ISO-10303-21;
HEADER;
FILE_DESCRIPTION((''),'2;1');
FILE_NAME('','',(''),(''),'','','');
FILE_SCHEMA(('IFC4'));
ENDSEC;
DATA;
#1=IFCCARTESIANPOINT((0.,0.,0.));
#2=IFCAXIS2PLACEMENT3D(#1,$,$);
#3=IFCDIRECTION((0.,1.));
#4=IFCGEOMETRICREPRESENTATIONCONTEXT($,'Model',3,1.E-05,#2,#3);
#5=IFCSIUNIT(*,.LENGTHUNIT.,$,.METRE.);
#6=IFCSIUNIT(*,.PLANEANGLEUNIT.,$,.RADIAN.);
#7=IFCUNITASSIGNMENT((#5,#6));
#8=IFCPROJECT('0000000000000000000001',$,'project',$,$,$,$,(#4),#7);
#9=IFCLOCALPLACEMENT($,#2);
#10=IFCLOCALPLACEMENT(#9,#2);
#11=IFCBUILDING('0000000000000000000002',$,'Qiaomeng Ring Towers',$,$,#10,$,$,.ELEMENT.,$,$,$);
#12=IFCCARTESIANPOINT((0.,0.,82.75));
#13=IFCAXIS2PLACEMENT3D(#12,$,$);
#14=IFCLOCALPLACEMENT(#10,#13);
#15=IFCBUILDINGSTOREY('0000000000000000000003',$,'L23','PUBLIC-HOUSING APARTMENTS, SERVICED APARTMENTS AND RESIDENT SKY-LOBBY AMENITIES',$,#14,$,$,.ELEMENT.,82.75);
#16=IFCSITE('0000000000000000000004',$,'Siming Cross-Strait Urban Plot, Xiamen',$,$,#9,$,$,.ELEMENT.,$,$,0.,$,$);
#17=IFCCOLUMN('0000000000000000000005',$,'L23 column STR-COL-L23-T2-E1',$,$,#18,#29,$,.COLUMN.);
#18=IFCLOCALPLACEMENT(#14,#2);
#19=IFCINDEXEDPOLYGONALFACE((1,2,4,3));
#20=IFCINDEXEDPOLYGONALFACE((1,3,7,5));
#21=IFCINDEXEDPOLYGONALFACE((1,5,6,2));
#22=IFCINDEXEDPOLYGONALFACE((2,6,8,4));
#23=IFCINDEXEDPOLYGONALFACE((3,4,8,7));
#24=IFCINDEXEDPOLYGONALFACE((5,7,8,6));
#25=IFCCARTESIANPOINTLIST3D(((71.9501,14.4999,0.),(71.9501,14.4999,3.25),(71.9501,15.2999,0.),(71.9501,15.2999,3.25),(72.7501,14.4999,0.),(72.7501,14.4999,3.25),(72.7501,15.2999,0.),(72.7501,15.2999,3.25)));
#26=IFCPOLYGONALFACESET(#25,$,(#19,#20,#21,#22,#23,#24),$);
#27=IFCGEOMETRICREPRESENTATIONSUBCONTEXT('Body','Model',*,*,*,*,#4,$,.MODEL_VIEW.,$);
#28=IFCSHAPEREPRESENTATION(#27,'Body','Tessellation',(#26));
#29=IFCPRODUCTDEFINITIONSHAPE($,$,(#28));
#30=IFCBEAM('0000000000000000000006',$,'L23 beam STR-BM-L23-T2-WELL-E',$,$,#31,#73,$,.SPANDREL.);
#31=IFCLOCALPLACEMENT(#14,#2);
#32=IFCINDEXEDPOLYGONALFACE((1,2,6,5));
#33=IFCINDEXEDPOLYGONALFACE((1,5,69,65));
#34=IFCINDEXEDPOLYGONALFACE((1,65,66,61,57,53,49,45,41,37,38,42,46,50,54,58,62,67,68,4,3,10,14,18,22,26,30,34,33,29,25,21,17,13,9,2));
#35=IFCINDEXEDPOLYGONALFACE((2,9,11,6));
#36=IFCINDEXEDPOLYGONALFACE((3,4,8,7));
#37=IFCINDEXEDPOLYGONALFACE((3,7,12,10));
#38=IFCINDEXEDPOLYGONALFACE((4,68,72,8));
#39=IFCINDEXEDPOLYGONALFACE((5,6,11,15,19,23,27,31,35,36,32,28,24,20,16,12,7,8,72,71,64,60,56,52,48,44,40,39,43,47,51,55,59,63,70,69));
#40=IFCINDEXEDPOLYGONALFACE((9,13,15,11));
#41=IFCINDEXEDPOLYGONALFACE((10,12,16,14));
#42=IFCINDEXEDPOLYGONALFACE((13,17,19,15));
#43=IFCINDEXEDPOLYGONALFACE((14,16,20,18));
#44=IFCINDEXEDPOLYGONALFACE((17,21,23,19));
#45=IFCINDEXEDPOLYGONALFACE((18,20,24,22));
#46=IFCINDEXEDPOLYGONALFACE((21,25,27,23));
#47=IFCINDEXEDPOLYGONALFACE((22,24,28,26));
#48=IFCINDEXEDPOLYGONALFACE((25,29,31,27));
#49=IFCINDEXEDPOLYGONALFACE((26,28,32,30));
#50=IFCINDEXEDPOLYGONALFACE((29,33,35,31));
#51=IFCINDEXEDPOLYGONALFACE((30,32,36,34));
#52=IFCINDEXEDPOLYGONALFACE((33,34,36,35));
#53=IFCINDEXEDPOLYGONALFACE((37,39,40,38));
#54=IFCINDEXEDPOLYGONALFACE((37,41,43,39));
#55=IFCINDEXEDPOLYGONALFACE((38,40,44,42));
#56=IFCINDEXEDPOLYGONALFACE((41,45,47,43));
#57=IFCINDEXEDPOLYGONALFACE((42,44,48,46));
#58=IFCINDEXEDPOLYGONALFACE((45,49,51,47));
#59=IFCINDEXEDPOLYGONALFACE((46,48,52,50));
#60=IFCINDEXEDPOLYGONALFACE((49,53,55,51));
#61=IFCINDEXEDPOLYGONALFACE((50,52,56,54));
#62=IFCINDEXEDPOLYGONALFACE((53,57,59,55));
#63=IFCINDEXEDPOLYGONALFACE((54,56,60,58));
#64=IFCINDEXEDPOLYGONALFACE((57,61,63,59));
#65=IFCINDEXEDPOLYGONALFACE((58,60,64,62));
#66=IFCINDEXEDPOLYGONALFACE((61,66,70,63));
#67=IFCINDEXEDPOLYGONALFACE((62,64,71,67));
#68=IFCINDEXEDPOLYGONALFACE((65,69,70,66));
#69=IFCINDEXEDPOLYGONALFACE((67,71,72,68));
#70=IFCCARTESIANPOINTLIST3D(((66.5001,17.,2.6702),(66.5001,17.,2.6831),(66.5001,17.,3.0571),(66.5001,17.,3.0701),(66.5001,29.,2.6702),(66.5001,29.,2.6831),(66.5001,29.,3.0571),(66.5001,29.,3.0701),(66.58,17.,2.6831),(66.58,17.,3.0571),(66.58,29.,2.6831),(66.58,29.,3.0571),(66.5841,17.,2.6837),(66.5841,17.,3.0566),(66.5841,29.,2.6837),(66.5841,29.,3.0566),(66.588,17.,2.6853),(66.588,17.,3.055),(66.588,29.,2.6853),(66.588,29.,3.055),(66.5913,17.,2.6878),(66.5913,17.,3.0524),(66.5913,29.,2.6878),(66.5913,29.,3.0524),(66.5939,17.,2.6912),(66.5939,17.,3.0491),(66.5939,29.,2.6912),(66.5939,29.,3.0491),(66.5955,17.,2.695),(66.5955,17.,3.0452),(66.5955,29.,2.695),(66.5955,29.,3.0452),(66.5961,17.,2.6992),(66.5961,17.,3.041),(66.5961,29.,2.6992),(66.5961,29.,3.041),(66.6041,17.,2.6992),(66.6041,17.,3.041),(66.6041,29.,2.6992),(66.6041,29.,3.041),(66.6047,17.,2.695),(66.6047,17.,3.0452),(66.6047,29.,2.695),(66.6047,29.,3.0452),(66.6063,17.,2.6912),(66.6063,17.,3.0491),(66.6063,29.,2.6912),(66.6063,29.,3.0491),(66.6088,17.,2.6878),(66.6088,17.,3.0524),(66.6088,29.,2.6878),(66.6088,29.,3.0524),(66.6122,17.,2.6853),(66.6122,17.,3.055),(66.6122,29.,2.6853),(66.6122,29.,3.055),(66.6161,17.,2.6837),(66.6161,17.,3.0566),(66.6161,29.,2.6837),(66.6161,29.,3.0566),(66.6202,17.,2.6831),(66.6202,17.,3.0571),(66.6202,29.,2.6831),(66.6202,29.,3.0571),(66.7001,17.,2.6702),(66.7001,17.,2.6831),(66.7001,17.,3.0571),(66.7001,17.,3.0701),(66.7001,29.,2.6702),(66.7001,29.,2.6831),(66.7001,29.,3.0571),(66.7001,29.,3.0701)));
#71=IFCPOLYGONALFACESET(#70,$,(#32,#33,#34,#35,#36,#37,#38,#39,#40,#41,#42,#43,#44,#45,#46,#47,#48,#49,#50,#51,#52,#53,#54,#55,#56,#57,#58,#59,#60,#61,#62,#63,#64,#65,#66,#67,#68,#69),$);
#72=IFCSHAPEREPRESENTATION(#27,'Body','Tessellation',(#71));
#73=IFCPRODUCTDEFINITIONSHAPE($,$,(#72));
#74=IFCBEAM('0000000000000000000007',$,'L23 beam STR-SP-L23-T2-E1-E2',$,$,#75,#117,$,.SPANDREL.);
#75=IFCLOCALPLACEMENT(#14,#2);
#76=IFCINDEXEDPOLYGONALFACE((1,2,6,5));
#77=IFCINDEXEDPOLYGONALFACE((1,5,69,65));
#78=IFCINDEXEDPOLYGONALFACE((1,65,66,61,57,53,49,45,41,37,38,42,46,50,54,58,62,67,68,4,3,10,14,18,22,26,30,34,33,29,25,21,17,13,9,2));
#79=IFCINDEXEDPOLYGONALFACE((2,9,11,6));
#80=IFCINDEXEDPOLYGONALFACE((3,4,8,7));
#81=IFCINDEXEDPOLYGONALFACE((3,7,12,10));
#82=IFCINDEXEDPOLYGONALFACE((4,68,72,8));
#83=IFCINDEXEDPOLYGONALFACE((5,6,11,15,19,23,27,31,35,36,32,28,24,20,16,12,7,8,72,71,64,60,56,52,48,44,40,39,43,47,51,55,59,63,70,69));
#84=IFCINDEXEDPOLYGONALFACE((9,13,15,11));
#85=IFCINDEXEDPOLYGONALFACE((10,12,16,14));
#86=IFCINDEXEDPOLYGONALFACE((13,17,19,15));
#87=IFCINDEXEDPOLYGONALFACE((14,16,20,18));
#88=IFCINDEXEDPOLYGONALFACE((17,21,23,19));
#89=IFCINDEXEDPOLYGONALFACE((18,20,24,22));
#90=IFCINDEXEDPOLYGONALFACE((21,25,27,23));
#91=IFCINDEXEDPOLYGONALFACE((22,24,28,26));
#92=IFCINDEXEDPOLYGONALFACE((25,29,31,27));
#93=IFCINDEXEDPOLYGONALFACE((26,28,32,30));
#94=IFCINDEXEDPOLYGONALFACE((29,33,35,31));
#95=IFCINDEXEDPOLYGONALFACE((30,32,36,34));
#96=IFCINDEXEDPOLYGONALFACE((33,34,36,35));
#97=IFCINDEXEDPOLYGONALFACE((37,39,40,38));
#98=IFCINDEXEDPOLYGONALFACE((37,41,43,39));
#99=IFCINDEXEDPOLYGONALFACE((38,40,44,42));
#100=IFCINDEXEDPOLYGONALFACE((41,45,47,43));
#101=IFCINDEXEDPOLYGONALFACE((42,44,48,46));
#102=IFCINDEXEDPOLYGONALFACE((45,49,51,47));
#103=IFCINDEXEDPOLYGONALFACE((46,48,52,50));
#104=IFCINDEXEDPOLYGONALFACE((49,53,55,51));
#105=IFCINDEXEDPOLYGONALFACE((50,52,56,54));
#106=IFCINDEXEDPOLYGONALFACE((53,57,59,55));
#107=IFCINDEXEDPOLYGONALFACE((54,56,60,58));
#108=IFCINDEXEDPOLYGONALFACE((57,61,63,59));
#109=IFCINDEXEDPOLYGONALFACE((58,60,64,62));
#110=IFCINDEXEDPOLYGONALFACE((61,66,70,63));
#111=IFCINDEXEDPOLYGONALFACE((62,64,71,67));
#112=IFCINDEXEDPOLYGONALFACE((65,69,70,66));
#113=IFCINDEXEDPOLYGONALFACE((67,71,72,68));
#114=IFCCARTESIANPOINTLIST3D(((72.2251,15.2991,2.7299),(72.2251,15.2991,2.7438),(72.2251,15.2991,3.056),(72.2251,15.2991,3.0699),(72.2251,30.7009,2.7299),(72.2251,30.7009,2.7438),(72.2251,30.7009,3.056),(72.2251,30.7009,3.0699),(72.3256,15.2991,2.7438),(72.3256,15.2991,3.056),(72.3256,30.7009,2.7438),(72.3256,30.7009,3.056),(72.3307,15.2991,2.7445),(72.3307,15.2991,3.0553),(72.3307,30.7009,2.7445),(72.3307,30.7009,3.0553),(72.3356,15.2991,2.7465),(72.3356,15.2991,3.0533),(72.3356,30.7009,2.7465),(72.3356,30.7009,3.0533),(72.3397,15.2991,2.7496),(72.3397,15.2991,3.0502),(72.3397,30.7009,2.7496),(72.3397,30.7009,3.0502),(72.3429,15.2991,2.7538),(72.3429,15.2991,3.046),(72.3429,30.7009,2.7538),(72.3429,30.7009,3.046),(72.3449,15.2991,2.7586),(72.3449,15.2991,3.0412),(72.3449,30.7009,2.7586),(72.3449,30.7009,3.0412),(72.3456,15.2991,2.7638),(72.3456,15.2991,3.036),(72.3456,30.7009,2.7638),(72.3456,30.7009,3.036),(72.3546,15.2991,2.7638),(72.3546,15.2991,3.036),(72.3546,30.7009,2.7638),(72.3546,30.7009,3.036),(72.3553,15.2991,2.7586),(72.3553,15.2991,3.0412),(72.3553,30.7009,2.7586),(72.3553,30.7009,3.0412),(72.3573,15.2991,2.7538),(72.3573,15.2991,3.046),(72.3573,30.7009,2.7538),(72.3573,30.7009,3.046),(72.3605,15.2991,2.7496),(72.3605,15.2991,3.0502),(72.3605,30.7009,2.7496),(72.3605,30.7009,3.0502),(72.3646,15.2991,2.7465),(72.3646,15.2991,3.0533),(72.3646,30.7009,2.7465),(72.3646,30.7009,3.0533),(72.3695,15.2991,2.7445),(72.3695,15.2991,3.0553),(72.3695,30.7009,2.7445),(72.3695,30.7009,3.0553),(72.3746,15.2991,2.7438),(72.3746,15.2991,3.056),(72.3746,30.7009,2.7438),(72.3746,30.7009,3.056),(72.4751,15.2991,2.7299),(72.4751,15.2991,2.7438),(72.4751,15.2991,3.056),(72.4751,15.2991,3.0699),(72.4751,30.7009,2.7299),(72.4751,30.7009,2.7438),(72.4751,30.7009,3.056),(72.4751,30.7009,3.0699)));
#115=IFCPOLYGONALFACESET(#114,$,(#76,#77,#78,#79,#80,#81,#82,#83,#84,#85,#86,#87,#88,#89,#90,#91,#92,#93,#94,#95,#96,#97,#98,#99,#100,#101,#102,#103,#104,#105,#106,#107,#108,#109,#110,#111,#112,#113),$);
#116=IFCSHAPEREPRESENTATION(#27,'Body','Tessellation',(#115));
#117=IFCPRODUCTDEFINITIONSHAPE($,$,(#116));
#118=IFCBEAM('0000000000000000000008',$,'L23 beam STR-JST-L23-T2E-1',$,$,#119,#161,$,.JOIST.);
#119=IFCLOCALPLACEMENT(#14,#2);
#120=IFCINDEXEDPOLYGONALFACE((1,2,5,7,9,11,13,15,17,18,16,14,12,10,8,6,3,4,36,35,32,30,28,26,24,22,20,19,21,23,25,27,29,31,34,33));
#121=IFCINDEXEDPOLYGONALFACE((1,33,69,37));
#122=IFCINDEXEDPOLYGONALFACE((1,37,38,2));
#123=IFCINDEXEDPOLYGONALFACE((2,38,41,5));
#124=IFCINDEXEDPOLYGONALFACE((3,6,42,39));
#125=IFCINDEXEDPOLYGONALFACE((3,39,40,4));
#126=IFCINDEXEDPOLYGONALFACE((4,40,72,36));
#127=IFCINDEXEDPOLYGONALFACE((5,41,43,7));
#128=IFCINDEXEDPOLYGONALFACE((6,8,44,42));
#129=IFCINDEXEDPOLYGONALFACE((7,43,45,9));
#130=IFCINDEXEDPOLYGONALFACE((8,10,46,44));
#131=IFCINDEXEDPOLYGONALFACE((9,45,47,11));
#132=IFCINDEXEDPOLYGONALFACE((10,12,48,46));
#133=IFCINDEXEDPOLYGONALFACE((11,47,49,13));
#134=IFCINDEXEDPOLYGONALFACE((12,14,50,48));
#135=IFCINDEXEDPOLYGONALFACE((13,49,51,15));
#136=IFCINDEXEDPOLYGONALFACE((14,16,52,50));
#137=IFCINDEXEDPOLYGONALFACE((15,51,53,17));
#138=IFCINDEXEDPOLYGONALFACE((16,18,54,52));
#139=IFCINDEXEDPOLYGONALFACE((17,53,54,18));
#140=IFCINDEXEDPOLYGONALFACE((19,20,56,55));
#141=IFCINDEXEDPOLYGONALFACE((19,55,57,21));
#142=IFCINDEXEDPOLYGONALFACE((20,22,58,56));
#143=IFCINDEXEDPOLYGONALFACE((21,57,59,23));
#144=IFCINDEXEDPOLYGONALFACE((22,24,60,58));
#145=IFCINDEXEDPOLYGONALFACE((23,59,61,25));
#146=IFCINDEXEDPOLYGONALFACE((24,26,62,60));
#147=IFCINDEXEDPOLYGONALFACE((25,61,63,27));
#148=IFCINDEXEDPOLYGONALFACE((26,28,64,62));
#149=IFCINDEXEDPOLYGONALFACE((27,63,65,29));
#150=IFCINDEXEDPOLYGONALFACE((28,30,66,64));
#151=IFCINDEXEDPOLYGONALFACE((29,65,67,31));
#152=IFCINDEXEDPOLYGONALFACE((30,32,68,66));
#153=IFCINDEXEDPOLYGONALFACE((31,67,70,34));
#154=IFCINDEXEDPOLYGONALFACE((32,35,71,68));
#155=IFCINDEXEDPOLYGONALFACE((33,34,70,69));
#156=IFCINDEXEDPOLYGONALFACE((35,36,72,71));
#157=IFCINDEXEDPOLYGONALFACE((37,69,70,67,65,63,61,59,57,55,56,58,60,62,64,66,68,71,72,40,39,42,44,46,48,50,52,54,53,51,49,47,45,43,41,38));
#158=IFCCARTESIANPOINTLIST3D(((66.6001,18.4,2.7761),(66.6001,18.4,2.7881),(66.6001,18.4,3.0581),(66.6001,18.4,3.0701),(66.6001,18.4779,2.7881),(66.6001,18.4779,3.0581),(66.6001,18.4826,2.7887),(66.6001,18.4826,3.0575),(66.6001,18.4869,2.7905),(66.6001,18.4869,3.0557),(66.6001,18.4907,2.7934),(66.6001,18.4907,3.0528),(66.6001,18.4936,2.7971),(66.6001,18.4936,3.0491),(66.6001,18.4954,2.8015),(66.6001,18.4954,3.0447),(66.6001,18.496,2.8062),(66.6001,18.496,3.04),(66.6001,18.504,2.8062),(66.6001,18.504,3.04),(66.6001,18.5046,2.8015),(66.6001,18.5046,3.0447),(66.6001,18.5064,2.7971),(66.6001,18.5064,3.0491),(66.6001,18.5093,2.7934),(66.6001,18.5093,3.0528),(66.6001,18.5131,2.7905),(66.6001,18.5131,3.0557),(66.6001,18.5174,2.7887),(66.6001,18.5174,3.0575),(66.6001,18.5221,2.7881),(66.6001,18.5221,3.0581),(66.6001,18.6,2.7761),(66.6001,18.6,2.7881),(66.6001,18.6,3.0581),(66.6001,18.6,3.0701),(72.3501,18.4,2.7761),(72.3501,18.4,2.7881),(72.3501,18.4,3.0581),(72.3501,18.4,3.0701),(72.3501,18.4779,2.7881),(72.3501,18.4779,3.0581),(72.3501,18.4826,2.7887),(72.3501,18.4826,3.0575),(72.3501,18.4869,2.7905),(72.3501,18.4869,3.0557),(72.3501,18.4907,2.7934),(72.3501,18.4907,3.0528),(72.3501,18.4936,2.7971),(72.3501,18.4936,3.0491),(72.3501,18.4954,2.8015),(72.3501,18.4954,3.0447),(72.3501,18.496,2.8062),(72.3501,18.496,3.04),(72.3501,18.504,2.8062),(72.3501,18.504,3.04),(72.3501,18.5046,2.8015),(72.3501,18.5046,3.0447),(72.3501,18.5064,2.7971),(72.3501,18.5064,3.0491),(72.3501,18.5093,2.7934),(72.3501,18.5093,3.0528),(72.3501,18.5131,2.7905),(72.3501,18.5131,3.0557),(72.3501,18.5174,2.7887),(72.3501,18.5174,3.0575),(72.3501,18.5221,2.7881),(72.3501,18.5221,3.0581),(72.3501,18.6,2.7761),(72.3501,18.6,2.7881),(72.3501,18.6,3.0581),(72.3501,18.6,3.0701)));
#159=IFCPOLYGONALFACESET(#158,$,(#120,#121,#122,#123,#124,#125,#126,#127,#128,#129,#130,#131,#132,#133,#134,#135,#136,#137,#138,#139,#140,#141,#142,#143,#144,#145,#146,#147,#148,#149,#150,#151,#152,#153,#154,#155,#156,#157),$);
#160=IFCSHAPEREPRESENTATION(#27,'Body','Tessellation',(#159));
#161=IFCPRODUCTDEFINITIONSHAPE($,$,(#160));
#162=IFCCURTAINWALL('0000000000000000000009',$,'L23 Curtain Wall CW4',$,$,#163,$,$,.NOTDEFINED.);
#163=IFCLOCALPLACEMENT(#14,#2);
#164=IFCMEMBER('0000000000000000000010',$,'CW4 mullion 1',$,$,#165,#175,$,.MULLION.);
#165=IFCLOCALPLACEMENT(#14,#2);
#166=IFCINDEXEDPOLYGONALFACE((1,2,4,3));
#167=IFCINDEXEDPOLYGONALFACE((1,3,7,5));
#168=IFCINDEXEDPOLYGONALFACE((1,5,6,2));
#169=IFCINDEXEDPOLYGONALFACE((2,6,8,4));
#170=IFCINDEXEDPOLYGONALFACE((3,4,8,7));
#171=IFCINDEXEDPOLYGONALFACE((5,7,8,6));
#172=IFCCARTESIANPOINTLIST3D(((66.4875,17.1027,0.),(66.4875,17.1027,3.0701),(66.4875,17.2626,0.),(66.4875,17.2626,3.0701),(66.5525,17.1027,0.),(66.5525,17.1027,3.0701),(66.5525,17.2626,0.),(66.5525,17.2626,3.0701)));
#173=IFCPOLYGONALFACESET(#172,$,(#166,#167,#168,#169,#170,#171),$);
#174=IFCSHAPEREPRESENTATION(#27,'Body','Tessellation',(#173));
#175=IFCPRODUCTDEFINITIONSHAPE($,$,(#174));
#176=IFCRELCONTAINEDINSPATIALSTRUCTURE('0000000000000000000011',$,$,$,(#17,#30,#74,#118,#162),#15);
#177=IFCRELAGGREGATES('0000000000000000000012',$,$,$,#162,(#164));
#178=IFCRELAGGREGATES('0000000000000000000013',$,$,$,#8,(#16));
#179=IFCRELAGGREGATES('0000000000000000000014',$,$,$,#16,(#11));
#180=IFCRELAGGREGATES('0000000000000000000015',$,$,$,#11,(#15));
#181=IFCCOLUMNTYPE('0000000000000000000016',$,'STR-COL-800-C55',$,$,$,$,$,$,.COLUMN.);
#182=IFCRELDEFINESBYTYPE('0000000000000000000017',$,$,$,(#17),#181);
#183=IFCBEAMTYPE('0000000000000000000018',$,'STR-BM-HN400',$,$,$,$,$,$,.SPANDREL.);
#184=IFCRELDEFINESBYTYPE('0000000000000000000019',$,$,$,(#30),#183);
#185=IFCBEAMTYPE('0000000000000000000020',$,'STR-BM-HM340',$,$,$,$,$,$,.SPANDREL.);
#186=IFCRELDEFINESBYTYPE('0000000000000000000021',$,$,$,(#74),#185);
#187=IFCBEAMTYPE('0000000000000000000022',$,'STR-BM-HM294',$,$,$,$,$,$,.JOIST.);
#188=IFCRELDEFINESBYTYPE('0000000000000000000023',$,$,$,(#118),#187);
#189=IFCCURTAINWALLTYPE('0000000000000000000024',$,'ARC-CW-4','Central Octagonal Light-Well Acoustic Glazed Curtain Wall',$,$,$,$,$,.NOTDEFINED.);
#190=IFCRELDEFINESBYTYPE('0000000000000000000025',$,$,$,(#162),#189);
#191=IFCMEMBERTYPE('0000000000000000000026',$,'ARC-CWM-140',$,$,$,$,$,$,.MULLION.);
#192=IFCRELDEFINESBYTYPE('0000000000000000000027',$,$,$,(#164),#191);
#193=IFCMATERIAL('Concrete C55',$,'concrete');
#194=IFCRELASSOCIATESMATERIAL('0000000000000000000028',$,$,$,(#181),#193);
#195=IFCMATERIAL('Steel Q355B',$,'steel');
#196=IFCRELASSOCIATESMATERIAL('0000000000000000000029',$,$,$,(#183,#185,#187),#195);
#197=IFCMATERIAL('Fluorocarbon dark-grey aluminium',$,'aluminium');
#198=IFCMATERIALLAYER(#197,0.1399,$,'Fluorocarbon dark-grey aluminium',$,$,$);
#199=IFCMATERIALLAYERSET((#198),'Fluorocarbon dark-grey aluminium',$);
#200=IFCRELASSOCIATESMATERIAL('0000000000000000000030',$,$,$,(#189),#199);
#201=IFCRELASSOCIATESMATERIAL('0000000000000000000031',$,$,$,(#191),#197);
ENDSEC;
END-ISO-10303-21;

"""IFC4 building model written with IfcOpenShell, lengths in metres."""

from ifc_helpers import new_model, si_unit, direction, frame, origin, origin_2d, place, context, subcontext, project, spatial, rectangle, i_section, extrude, source, transform, mapped, material, layer, layer_set, material_profile, profile_set, type_object, element, aggregate, save


model = new_model("IFC4")

# Units and contexts
model_context = context("Model", 3, precision=1e-05, world=origin(), true_north=direction((0.0, 1.0)))
body_context = subcontext(model_context, "Body", "Model", "MODEL_VIEW")
ifc_project = project(units=[si_unit("LENGTHUNIT", "METRE"), si_unit("PLANEANGLEUNIT", "RADIAN")], contexts=[model_context])

# Site, building, storey
site_placement = place(None, origin())
site = spatial("IfcSite", under=ifc_project, at=site_placement, Name="Siming Cross-Strait Urban Plot, Xiamen", CompositionType="ELEMENT", RefElevation=0.0)
building_placement = place(site_placement, origin())
building = spatial("IfcBuilding", under=site, at=building_placement, Name="Qiaomeng Ring Towers", CompositionType="ELEMENT")
storey_placement = place(building_placement, frame((0.0, 0.0, 82.75)))
storey = spatial("IfcBuildingStorey", under=building, at=storey_placement, Name="L23", Description="PUBLIC-HOUSING APARTMENTS, SERVICED APARTMENTS AND RESIDENT SKY-LOBBY AMENITIES", CompositionType="ELEMENT", Elevation=82.75)

# Column
ifc_material_1 = material(Name="Concrete C55", Category="concrete")
ifc_material_profile_1 = material_profile(ifc_material_1, rectangle(XDim=0.8, YDim=0.8, at=origin_2d()), Name="RC COL 800x800")
ifc_profile_set_1 = profile_set([ifc_material_profile_1], Name="Concrete C55")
column_type = type_object("IfcColumnType", Name="STR-COL-800-C55", PredefinedType="COLUMN", material=ifc_profile_set_1)
shared_shape_1 = source(origin(), body_context, "Body", "SweptSolid", [
    extrude(rectangle(XDim=0.8, YDim=0.8, at=origin_2d()), origin(), (0.0, 0.0, 1.0), 3.25),
])
column_placement = place(storey_placement, frame((72.3501, 14.8999, 0.0), z_axis=(0.0, 0.0, 1.0), x_axis=(1.0, 0.0, 0.0)))
element("IfcColumn", 1, at=column_placement, inside=storey, type_object=column_type, Name="L23 column STR-COL-L23-T2-E1", PredefinedType="COLUMN", context=body_context, shape_type="MappedRepresentation", body=[
    mapped(shared_shape_1, transform((0.0, 0.0, 0.0), x_axis=(1.0, 0.0, 0.0), y_axis=(0.0, 1.0, 0.0), z_axis=(0.0, 0.0, 1.0), scale=1.0)),
])

# Beams
ifc_material_2 = material(Name="Steel Q355B", Category="steel")
ifc_material_profile_2 = material_profile(ifc_material_2, i_section(OverallWidth=0.2, OverallDepth=0.3999, WebThickness=0.0081, FlangeThickness=0.0129, FilletRadius=0.0161, at=origin_2d()), Name="HN 400x200x8x13")
ifc_profile_set_2 = profile_set([ifc_material_profile_2], Name="Steel Q355B")
beam_type_1 = type_object("IfcBeamType", Name="STR-BM-HN400", PredefinedType="SPANDREL", material=ifc_profile_set_2)
shared_shape_2 = source(origin(), body_context, "Body", "SweptSolid", [
    extrude(i_section(OverallWidth=0.2, OverallDepth=0.3999, WebThickness=0.0081, FlangeThickness=0.0129, FilletRadius=0.0161, at=origin_2d()), origin(), (0.0, 0.0, 1.0), 12.0),
])
beam_1_placement = place(storey_placement, frame((66.6001, 17.0, 2.8701), z_axis=(0.0, 1.0, 0.0), x_axis=(-1.0, 0.0, 0.0)))
element("IfcBeam", 2, at=beam_1_placement, inside=storey, type_object=beam_type_1, Name="L23 beam STR-BM-L23-T2-WELL-E", PredefinedType="SPANDREL", context=body_context, shape_type="MappedRepresentation", body=[
    mapped(shared_shape_2, transform((0.0, 0.0, 0.0), x_axis=(1.0, 0.0, 0.0), y_axis=(0.0, 1.0, 0.0), z_axis=(0.0, 0.0, 1.0), scale=1.0)),
])
ifc_material_profile_3 = material_profile(ifc_material_2, i_section(OverallWidth=0.25, OverallDepth=0.3401, WebThickness=0.009, FlangeThickness=0.0139, FilletRadius=0.02, at=origin_2d()), Name="HM 340x250x9x14")
ifc_profile_set_3 = profile_set([ifc_material_profile_3], Name="Steel Q355B")
beam_type_2 = type_object("IfcBeamType", Name="STR-BM-HM340", PredefinedType="SPANDREL", material=ifc_profile_set_3)
shared_shape_3 = source(origin(), body_context, "Body", "SweptSolid", [
    extrude(i_section(OverallWidth=0.25, OverallDepth=0.3401, WebThickness=0.009, FlangeThickness=0.0139, FilletRadius=0.02, at=origin_2d()), origin(), (0.0, 0.0, 1.0), 15.4019),
])
beam_2_placement = place(storey_placement, frame((72.3501, 15.2991, 2.8999), z_axis=(0.0, 1.0, 0.0), x_axis=(-1.0, 0.0, 0.0)))
element("IfcBeam", 3, at=beam_2_placement, inside=storey, type_object=beam_type_2, Name="L23 beam STR-SP-L23-T2-E1-E2", PredefinedType="SPANDREL", context=body_context, shape_type="MappedRepresentation", body=[
    mapped(shared_shape_3, transform((0.0, 0.0, 0.0), x_axis=(1.0, 0.0, 0.0), y_axis=(0.0, 1.0, 0.0), z_axis=(0.0, 0.0, 1.0), scale=1.0)),
])
ifc_material_profile_4 = material_profile(ifc_material_2, i_section(OverallWidth=0.2, OverallDepth=0.2939, WebThickness=0.0081, FlangeThickness=0.012, FilletRadius=0.0181, at=origin_2d()), Name="HM 294x200x8x12")
ifc_profile_set_4 = profile_set([ifc_material_profile_4], Name="Steel Q355B")
beam_type_3 = type_object("IfcBeamType", Name="STR-BM-HM294", PredefinedType="JOIST", material=ifc_profile_set_4)
shared_shape_4 = source(origin(), body_context, "Body", "SweptSolid", [
    extrude(i_section(OverallWidth=0.2, OverallDepth=0.2939, WebThickness=0.0081, FlangeThickness=0.012, FilletRadius=0.0181, at=origin_2d()), origin(), (0.0, 0.0, 1.0), 5.75),
])
beam_3_placement = place(storey_placement, frame((66.6001, 18.5, 2.9231), z_axis=(1.0, 0.0, 0.0), x_axis=(0.0, 1.0, 0.0)))
element("IfcBeam", 4, at=beam_3_placement, inside=storey, type_object=beam_type_3, Name="L23 beam STR-JST-L23-T2E-1", PredefinedType="JOIST", context=body_context, shape_type="MappedRepresentation", body=[
    mapped(shared_shape_4, transform((0.0, 0.0, 0.0), x_axis=(1.0, 0.0, 0.0), y_axis=(0.0, 1.0, 0.0), z_axis=(0.0, 0.0, 1.0), scale=1.0)),
])

# Curtain wall, member
ifc_material_3 = material(Name="Fluorocarbon dark-grey aluminium", Category="aluminium")
ifc_layer_1 = layer(ifc_material_3, 0.1399, Name="Fluorocarbon dark-grey aluminium")
ifc_layer_set_1 = layer_set([ifc_layer_1], Name="Fluorocarbon dark-grey aluminium")
curtain_wall_type = type_object("IfcCurtainWallType", Name="ARC-CW-4", Description="Central Octagonal Light-Well Acoustic Glazed Curtain Wall", PredefinedType="NOTDEFINED", material=ifc_layer_set_1)
curtain_wall_placement = place(storey_placement, origin())
curtain_wall = element("IfcCurtainWall", 5, at=curtain_wall_placement, inside=storey, type_object=curtain_wall_type, Name="L23 Curtain Wall CW4", PredefinedType="NOTDEFINED")
ifc_material_profile_5 = material_profile(ifc_material_3, rectangle(XDim=0.0649, YDim=0.1599, at=origin_2d()), Name="ALU MULL 65x160")
ifc_profile_set_5 = profile_set([ifc_material_profile_5], Name="Fluorocarbon dark-grey aluminium")
member_type_1 = type_object("IfcMemberType", Name="ARC-CWM-140", PredefinedType="MULLION", material=ifc_profile_set_5)
shared_shape_5 = source(origin(), body_context, "Body", "SweptSolid", [
    extrude(rectangle(XDim=0.0649, YDim=0.1599, at=origin_2d()), origin(), (0.0, 0.0, 1.0), 3.0701),
])
member_1_placement = place(storey_placement, frame((66.52, 17.1826, 0.0), z_axis=(0.0, 0.0, 1.0), x_axis=(-1.0, 0.0, 0.0)))
member_1 = element("IfcMember", 6, at=member_1_placement, type_object=member_type_1, Name="CW4 mullion 1", PredefinedType="MULLION", context=body_context, shape_type="MappedRepresentation", body=[
    mapped(shared_shape_5, transform((0.0, 0.0, 0.0), x_axis=(1.0, 0.0, 0.0), y_axis=(0.0, 1.0, 0.0), z_axis=(0.0, 0.0, 1.0), scale=1.0)),
])
aggregate(curtain_wall, [member_1])

save(model, "model.ifc")
